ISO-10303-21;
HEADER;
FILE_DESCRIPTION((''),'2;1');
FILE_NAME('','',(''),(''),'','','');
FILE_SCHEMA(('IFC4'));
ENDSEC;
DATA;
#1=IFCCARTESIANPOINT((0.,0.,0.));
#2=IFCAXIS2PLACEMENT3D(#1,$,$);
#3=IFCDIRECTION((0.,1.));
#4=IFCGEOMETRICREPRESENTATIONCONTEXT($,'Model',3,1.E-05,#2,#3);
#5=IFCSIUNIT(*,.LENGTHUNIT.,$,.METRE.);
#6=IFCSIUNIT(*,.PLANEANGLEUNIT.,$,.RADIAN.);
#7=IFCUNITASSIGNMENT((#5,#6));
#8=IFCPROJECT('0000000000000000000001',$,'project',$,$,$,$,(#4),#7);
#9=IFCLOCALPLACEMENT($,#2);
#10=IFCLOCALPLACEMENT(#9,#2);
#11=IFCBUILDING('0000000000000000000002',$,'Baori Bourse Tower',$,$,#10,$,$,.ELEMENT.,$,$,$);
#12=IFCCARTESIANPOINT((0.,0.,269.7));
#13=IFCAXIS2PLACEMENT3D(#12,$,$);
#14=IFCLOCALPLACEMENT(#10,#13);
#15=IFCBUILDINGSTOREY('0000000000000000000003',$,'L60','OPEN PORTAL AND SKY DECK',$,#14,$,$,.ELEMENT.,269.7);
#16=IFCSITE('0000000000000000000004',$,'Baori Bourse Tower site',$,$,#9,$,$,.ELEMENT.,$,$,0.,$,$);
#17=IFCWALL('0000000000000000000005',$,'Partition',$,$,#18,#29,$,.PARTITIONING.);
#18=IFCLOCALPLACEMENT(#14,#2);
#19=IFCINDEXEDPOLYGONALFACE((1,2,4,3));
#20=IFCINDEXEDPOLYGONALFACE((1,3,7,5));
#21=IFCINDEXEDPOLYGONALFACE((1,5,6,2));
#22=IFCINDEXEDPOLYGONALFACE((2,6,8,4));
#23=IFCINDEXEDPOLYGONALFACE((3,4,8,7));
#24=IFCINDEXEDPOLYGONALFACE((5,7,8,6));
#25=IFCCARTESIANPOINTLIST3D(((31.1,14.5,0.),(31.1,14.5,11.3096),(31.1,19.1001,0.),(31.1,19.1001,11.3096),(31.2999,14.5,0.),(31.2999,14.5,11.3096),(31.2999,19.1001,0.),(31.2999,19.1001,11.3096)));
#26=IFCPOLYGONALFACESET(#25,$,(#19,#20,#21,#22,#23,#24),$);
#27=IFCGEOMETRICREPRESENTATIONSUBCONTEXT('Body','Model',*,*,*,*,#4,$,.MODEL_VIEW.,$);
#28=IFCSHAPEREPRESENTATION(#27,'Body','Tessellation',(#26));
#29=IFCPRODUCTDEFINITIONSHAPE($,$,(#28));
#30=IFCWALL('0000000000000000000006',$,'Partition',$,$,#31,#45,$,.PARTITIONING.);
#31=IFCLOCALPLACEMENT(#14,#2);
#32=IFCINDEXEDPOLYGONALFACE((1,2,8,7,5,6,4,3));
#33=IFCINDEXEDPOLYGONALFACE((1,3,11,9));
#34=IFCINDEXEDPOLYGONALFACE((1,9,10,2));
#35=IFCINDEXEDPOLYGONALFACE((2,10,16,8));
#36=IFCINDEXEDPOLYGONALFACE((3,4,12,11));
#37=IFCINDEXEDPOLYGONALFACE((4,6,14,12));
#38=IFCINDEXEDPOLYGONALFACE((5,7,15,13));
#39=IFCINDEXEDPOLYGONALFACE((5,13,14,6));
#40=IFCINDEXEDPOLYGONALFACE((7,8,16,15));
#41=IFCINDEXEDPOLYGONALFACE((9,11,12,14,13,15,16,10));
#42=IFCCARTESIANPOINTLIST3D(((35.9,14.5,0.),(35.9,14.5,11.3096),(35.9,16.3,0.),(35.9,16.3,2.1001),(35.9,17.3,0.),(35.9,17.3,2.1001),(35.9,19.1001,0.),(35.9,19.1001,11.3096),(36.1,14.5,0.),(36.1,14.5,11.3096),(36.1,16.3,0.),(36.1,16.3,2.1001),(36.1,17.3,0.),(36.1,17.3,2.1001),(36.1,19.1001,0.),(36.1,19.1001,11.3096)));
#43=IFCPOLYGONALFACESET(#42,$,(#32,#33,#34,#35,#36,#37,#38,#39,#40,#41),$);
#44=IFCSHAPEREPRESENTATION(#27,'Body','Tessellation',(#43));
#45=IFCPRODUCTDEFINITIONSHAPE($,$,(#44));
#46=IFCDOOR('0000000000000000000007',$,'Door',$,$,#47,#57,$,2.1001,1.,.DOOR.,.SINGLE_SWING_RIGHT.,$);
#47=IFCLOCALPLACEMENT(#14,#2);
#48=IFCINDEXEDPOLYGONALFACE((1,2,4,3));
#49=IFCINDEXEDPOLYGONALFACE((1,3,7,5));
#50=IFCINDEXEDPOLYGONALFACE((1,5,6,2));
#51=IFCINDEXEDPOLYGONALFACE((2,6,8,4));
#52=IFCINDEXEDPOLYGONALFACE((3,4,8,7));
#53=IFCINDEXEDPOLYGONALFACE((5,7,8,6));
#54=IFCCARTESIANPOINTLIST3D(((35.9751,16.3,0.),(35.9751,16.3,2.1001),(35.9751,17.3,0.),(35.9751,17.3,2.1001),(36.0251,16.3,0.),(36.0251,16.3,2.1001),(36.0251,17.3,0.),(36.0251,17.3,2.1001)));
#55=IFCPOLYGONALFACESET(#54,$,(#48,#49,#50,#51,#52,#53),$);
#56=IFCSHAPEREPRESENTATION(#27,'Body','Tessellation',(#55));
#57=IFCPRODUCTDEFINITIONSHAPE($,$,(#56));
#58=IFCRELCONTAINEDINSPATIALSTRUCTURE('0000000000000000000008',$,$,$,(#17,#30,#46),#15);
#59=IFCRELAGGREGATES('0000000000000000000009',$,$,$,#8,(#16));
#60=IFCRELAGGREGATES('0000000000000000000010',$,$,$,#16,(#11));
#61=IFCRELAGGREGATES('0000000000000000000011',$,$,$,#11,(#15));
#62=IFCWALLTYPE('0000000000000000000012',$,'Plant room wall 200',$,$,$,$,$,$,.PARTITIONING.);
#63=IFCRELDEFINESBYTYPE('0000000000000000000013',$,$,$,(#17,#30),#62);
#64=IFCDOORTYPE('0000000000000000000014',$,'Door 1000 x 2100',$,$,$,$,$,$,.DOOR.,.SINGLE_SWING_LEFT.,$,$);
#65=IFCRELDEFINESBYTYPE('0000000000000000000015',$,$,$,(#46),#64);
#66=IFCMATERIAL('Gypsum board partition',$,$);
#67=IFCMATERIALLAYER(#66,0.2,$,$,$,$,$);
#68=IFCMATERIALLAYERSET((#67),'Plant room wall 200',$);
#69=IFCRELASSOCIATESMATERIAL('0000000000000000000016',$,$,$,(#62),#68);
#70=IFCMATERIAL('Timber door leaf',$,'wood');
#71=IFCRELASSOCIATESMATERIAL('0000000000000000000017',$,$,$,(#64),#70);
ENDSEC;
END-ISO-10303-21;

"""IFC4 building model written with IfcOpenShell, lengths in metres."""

from ifc_helpers import new_model, si_unit, direction, frame, frame_2d, origin, place, context, subcontext, project, spatial, rectangle, extrude, material, layer, layer_set, type_object, element, fill, save


model = new_model("IFC4")

# Units and contexts
model_context = context("Model", 3, precision=1e-05, world=origin(), true_north=direction((0.0, 1.0)))
body_context = subcontext(model_context, "Body", "Model", "MODEL_VIEW")
ifc_project = project(units=[si_unit("LENGTHUNIT", "METRE"), si_unit("PLANEANGLEUNIT", "RADIAN")], contexts=[model_context])

# Site, building, storey
site_placement = place(None, origin())
site = spatial("IfcSite", under=ifc_project, at=site_placement, Name="Baori Bourse Tower site", CompositionType="ELEMENT", RefElevation=0.0)
building_placement = place(site_placement, origin())
building = spatial("IfcBuilding", under=site, at=building_placement, Name="Baori Bourse Tower", CompositionType="ELEMENT")
storey_placement = place(building_placement, frame((0.0, 0.0, 269.7)))
storey = spatial("IfcBuildingStorey", under=building, at=storey_placement, Name="L60", Description="OPEN PORTAL AND SKY DECK", CompositionType="ELEMENT", Elevation=269.7)

# Wall
ifc_material_1 = material(Name="Gypsum board partition")
ifc_layer_1 = layer(ifc_material_1, 0.2)
ifc_layer_set_1 = layer_set([ifc_layer_1], Name="Plant room wall 200")
wall_type_1 = type_object("IfcWallType", Name="Plant room wall 200", PredefinedType="PARTITIONING", material=ifc_layer_set_1)
for number, where, z_axis, x_axis, name in (
    (1, (31.2, 14.5, 0.0), (0.0, 0.0, 1.0), (0.0, 1.0, 0.0), "Partition"),
):
    element("IfcWall", number, at=place(storey_placement, frame(where, z_axis=z_axis, x_axis=x_axis)), inside=storey, type_object=wall_type_1, Name=name, PredefinedType="PARTITIONING", context=body_context, shape_type="SweptSolid", body=[
        extrude(rectangle(XDim=4.6001, YDim=0.2, at=frame_2d((2.3, 0.0))), origin(), (0.0, 0.0, 1.0), 11.3096),
    ])

# Wall, opening, door
wall_1_placement = place(storey_placement, frame((36.0, 14.5, 0.0), z_axis=(0.0, 0.0, 1.0), x_axis=(0.0, 1.0, 0.0)))
wall_1 = element("IfcWall", 2, at=wall_1_placement, inside=storey, type_object=wall_type_1, Name="Partition", PredefinedType="PARTITIONING", context=body_context, shape_type="SweptSolid", body=[
    extrude(rectangle(XDim=4.6001, YDim=0.2, at=frame_2d((2.3, 0.0))), origin(), (0.0, 0.0, 1.0), 11.3096),
])
opening_1_placement = place(wall_1_placement, frame((1.8, 0.0, 0.0)))
opening_1 = element("IfcOpeningElement", 3, at=opening_1_placement, cuts=wall_1, PredefinedType="OPENING", context=body_context, shape_type="SweptSolid", body=[
    extrude(rectangle(XDim=1.0, YDim=2.1001, at=frame_2d((0.5, 1.05))), frame((0.0, 0.1099, 0.0), z_axis=(0.0, -1.0, 0.0), x_axis=(1.0, 0.0, 0.0)), (0.0, 0.0, 1.0), 0.22),
])
ifc_material_2 = material(Name="Timber door leaf", Category="wood")
door_type_1 = type_object("IfcDoorType", Name="Door 1000 x 2100", OperationType="SINGLE_SWING_LEFT", PredefinedType="DOOR", material=ifc_material_2)
door_1_placement = place(opening_1_placement, origin())
door_1 = element("IfcDoor", 4, at=door_1_placement, inside=storey, type_object=door_type_1, Name="Door", OperationType="SINGLE_SWING_RIGHT", OverallHeight=2.1001, OverallWidth=1.0, PredefinedType="DOOR", context=body_context, shape_type="SweptSolid", body=[
    extrude(rectangle(XDim=1.0, YDim=2.1001, at=frame_2d((0.5, 1.05))), frame((0.0, 0.0249, 0.0), z_axis=(0.0, -1.0, 0.0), x_axis=(1.0, 0.0, 0.0)), (0.0, 0.0, 1.0), 0.05),
])
fill(opening_1, door_1)

save(model, "model.ifc")
